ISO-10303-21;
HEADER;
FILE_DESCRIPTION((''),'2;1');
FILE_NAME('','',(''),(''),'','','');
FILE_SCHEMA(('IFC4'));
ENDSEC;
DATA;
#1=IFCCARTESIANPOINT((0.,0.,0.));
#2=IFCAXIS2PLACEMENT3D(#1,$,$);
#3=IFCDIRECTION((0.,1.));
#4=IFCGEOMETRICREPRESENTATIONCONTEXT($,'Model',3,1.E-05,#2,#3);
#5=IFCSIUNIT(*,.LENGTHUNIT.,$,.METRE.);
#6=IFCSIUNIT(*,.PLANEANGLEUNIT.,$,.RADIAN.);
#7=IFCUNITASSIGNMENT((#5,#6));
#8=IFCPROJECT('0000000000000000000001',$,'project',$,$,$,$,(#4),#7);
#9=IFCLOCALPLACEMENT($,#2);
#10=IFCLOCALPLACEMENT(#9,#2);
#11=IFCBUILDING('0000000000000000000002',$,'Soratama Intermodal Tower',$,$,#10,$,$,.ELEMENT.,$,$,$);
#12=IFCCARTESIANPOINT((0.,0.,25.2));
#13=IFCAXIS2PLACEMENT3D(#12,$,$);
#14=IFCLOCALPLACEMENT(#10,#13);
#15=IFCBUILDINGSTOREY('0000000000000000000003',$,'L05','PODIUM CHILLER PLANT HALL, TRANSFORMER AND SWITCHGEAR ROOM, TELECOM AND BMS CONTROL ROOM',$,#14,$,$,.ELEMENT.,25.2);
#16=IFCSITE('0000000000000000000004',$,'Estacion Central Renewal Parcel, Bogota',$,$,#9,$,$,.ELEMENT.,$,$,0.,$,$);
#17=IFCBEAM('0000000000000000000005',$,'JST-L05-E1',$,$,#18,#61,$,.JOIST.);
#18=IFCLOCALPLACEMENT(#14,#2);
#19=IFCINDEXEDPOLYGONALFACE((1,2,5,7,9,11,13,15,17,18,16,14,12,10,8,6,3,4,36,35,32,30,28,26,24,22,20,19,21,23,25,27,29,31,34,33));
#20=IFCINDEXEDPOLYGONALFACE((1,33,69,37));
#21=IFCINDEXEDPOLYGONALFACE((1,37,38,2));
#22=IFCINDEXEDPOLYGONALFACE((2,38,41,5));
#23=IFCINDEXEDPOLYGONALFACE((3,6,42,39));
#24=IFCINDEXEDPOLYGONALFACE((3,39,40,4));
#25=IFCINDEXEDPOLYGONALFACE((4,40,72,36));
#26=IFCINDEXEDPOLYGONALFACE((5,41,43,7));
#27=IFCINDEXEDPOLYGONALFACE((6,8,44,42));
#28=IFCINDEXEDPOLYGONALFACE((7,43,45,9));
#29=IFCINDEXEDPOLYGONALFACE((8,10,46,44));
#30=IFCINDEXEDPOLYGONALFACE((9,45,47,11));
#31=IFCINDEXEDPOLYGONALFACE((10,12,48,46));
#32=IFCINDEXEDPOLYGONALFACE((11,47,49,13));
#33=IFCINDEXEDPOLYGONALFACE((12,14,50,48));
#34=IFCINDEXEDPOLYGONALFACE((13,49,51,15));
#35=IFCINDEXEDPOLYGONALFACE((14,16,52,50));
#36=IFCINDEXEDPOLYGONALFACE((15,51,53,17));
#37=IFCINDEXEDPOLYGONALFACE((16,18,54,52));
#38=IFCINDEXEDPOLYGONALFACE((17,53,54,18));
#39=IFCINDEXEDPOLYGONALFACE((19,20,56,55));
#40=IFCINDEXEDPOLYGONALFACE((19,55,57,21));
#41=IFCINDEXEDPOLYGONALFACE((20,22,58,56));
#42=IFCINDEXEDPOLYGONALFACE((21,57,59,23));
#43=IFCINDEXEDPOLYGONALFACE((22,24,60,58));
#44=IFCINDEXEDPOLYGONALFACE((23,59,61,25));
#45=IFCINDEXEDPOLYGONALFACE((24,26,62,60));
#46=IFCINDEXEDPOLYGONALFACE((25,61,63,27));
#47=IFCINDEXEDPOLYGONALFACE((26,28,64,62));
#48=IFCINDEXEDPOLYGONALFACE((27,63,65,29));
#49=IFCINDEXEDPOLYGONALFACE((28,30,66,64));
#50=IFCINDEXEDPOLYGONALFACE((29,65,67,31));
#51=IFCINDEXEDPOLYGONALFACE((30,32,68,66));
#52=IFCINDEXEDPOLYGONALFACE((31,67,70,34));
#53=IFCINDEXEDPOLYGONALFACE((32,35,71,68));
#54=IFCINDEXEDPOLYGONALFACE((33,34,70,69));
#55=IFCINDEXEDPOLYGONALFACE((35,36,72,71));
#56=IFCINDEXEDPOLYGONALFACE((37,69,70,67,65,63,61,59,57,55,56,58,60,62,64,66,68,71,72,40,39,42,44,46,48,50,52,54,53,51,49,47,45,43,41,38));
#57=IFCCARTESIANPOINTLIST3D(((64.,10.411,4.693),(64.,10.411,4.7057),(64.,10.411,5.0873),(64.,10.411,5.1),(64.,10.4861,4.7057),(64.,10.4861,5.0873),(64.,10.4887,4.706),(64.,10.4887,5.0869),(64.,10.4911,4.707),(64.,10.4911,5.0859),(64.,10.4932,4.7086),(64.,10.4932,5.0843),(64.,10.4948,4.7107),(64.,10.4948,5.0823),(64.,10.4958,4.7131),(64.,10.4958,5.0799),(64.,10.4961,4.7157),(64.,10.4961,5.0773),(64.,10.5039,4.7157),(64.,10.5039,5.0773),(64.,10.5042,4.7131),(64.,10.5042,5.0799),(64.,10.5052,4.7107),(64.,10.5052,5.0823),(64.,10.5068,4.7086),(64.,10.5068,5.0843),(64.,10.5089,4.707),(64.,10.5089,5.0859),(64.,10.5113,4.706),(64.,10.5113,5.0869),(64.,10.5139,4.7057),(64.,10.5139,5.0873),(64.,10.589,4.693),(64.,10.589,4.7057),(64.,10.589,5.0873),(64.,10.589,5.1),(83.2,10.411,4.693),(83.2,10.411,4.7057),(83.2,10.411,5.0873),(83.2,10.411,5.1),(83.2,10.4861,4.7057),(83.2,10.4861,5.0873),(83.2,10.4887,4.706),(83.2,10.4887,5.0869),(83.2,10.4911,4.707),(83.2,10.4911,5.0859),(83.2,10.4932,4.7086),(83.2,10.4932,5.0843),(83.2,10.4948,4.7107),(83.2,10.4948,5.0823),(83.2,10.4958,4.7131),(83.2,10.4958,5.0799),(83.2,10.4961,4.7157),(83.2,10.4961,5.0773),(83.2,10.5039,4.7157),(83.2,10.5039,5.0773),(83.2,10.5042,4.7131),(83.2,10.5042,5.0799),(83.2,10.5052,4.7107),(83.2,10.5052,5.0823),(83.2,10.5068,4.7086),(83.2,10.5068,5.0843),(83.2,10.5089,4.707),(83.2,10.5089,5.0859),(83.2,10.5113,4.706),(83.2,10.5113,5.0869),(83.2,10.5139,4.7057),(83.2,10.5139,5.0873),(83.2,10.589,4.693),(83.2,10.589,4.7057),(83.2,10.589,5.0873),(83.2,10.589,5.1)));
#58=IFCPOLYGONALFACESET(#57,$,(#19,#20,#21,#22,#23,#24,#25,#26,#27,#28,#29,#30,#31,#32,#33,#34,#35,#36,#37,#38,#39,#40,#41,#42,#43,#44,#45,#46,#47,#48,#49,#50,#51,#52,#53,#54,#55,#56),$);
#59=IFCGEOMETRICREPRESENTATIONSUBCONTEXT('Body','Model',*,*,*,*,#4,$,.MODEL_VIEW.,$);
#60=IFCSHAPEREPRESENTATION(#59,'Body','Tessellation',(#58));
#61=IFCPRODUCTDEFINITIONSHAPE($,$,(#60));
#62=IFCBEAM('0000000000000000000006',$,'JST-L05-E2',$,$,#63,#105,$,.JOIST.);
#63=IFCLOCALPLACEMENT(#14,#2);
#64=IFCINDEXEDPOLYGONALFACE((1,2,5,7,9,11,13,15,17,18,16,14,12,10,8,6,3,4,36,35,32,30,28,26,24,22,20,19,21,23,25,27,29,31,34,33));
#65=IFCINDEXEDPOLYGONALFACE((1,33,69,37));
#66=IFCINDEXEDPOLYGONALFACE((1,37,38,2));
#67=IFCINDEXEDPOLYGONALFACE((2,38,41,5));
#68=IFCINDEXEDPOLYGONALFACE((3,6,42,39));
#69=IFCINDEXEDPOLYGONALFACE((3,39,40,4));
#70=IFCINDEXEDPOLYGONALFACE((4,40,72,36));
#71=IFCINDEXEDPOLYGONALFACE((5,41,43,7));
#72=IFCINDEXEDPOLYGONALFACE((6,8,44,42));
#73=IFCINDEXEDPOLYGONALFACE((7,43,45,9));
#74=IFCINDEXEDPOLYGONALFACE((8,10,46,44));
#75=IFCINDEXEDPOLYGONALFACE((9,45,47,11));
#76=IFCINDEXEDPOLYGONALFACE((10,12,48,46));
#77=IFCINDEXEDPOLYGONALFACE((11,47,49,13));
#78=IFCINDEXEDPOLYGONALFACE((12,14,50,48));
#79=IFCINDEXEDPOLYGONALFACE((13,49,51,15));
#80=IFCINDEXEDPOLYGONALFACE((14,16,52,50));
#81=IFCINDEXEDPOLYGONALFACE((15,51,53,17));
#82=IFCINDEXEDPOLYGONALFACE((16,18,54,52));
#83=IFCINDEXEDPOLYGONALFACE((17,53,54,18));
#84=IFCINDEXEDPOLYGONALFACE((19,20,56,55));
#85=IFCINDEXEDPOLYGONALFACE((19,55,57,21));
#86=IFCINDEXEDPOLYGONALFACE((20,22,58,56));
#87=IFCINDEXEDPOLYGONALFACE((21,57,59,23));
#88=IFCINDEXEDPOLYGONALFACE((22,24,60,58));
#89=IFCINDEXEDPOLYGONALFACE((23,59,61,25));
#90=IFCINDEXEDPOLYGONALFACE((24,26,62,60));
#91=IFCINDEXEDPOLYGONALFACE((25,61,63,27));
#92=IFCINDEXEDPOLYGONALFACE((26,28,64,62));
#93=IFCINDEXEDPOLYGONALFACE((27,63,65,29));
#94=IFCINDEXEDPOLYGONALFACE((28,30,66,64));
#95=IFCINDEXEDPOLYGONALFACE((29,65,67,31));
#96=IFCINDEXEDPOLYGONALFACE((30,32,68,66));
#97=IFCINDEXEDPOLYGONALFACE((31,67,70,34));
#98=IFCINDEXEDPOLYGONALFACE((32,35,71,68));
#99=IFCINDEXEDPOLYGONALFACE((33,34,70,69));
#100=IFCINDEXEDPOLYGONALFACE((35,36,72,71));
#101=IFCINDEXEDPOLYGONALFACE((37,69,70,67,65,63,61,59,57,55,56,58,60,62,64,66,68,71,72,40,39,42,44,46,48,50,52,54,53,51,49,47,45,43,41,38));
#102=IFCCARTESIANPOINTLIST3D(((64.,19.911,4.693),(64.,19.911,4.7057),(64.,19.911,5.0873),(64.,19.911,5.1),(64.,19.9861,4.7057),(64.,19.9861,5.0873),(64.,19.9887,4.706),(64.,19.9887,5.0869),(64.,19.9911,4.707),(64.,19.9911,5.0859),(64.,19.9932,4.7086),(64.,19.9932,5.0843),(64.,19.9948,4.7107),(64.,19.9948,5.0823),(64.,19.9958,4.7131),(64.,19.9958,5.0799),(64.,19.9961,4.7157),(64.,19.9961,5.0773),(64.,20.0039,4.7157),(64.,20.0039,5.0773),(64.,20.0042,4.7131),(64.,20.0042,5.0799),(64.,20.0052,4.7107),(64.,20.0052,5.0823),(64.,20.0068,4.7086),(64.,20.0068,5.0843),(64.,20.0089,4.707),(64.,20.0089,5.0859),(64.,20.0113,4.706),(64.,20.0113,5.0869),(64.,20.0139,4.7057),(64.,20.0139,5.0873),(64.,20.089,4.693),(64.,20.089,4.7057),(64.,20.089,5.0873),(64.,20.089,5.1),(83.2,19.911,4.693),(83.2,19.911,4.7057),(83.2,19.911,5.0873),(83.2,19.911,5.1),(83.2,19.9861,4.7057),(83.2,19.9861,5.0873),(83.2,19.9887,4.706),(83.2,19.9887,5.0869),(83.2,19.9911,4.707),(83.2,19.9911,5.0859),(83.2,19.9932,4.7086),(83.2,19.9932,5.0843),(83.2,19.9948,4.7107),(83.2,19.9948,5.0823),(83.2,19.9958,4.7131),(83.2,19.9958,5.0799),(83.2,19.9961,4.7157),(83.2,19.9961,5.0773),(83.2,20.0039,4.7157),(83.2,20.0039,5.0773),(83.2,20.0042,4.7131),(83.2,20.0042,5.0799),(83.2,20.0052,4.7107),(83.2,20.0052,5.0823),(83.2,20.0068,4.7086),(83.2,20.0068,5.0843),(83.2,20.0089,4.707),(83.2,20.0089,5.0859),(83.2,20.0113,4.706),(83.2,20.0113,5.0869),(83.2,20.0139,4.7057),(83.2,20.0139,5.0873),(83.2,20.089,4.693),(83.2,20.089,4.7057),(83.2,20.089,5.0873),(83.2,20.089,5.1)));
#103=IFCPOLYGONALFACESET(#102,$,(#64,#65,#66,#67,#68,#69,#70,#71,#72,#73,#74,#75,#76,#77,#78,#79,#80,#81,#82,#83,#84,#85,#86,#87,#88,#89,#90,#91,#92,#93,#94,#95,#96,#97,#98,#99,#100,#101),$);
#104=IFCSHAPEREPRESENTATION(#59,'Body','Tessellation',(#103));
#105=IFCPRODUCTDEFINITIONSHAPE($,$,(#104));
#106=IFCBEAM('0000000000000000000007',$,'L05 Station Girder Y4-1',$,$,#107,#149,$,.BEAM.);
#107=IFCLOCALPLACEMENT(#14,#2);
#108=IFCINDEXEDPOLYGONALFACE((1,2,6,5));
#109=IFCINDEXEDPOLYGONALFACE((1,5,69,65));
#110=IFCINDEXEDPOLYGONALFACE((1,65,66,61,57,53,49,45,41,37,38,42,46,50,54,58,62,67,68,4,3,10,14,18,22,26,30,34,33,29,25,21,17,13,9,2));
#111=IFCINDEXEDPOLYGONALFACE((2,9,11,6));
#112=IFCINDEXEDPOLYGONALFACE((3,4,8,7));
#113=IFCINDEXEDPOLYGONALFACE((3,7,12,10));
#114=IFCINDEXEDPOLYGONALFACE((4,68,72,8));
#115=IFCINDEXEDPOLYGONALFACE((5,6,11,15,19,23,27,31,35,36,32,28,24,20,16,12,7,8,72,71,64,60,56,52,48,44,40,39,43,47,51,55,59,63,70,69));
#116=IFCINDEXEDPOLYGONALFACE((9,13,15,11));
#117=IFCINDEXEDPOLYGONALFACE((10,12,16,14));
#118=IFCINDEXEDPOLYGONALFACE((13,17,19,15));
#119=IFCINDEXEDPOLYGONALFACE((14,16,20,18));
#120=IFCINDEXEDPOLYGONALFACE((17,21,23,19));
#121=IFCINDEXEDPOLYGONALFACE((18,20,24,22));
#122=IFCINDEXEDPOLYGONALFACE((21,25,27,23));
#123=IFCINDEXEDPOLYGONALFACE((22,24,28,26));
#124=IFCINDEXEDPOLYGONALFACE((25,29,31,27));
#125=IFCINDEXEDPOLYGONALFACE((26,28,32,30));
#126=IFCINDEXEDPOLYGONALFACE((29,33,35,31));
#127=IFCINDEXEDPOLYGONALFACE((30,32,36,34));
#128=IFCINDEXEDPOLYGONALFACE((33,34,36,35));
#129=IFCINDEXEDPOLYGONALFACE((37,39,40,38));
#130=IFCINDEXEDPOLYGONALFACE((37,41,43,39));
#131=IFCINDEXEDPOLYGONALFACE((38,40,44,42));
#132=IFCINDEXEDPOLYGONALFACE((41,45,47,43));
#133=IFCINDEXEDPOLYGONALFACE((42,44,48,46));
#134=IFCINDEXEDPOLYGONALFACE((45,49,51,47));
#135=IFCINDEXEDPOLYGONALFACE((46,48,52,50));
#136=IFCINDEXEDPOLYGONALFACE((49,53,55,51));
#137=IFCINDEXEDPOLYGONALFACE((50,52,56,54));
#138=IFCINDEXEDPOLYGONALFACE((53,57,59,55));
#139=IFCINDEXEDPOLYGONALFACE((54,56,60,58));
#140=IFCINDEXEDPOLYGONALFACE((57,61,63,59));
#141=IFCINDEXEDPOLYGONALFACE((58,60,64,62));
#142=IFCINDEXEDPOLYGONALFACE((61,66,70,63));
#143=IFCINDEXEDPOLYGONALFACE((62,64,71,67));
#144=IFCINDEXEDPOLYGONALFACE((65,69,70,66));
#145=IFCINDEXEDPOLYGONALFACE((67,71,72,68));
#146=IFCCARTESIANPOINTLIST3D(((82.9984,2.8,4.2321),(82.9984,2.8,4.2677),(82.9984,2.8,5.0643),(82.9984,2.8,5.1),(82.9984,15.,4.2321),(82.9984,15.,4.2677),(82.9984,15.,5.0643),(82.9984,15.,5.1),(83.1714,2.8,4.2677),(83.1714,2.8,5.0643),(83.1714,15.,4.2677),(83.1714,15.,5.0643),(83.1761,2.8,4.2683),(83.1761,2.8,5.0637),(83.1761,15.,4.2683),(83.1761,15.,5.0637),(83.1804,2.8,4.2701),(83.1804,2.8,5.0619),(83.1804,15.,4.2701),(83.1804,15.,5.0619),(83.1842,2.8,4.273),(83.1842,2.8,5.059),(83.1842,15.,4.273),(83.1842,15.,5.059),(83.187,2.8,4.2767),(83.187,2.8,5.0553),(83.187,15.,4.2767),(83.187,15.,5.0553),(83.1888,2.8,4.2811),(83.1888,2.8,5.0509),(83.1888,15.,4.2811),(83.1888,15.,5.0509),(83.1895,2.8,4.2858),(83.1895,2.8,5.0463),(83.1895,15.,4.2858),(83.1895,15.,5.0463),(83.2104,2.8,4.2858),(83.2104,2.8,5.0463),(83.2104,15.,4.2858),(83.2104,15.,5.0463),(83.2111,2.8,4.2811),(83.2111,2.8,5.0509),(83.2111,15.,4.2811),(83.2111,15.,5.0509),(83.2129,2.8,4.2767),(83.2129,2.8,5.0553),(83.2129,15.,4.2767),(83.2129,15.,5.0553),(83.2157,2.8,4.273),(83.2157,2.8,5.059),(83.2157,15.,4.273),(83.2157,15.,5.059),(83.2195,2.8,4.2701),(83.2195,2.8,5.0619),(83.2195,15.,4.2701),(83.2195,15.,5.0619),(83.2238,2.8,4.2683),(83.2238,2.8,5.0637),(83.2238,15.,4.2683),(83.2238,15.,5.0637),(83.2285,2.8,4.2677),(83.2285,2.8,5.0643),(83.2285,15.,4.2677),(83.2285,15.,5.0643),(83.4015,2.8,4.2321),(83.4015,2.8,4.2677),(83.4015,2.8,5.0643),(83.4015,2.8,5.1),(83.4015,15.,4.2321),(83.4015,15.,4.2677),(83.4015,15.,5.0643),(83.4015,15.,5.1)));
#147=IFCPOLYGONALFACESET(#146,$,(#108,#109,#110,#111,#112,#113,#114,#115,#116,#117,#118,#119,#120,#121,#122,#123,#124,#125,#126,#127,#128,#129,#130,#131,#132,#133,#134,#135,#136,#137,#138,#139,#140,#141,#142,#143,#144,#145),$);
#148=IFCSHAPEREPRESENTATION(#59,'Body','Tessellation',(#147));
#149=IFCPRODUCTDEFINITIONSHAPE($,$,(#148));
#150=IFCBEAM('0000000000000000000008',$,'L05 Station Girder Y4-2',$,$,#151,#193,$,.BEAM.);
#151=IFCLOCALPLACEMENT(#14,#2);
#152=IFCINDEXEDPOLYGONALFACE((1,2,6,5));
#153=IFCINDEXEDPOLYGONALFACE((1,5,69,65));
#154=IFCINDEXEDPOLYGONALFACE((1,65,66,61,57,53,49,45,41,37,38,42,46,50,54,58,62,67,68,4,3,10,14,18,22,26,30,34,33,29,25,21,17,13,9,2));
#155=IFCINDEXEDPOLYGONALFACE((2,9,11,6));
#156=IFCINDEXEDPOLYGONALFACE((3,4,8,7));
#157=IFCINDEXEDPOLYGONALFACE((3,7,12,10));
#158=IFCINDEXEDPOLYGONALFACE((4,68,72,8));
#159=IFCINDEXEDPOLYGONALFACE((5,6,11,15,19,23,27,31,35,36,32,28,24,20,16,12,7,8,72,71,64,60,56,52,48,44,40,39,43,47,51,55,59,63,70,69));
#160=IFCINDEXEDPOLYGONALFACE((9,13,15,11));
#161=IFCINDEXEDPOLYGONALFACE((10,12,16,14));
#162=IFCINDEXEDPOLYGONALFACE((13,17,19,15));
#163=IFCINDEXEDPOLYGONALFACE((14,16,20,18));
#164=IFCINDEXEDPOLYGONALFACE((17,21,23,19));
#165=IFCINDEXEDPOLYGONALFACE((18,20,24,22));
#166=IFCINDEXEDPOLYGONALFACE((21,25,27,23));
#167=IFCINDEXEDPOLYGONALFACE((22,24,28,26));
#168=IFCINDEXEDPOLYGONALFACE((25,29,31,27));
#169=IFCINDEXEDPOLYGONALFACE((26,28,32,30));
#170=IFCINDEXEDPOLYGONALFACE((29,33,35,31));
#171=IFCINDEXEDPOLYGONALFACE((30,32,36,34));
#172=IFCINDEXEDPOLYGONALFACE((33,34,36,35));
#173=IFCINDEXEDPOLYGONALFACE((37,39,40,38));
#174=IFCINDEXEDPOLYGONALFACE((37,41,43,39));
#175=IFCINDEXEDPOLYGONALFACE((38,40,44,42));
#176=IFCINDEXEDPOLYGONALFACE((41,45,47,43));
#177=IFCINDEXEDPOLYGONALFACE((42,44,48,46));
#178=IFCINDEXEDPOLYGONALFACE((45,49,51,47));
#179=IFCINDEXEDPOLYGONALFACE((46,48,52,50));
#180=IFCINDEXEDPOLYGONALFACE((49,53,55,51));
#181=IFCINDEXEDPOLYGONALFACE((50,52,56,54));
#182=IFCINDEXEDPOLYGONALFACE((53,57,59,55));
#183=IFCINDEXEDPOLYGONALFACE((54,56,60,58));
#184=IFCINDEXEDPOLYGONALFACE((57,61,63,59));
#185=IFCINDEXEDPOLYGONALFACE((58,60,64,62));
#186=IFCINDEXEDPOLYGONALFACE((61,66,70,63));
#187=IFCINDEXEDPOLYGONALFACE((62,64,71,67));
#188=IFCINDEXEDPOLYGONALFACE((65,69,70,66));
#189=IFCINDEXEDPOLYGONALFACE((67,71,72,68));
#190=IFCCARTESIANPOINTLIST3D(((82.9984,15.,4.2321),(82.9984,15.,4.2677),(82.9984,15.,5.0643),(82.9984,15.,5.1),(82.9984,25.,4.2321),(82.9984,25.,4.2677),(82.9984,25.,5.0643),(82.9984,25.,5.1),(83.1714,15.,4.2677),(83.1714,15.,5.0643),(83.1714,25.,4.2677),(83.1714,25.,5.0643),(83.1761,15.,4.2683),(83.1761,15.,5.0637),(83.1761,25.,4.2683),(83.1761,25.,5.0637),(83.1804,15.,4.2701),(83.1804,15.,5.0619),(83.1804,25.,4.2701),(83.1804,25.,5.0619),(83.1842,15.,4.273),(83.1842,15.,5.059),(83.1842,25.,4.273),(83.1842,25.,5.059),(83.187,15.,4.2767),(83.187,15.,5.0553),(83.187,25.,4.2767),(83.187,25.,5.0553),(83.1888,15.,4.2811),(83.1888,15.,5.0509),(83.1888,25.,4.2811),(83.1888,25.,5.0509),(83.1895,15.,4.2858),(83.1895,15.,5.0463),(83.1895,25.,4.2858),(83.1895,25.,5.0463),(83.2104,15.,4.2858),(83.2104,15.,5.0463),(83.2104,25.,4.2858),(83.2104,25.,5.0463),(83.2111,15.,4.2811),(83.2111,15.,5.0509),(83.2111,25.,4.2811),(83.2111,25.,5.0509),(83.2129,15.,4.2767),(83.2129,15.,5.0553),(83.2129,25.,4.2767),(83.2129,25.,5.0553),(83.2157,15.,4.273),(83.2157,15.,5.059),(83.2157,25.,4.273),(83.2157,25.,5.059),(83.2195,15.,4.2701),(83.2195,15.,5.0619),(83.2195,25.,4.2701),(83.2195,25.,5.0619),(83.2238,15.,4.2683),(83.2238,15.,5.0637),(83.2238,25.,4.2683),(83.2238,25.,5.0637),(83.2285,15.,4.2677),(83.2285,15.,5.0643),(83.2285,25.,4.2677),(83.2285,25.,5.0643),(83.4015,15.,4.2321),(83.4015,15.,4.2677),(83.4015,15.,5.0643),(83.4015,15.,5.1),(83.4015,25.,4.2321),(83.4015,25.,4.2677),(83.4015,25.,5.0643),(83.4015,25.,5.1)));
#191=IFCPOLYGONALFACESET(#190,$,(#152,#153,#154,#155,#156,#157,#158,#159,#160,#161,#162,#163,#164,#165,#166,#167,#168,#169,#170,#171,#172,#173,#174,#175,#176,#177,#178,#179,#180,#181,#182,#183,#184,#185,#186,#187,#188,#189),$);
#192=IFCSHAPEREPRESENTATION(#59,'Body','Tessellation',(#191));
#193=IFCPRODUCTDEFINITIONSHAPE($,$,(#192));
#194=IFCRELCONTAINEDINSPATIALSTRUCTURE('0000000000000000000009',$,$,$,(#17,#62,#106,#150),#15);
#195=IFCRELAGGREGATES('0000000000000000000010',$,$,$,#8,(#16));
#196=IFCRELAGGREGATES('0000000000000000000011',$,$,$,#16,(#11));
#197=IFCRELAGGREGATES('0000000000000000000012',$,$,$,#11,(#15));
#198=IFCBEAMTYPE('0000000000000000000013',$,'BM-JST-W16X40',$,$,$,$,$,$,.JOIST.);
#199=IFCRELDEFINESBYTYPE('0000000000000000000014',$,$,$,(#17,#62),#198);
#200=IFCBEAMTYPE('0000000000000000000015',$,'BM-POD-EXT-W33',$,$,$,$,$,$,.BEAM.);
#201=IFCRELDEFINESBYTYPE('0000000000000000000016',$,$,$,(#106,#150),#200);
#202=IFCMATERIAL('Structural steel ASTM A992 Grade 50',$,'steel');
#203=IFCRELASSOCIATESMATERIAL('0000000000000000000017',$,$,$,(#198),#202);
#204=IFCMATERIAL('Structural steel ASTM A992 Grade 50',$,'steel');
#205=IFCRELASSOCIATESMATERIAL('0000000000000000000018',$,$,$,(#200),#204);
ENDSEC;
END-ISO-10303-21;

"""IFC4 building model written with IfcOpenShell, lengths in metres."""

from ifc_helpers import new_model, si_unit, direction, frame, origin, origin_2d, place, context, subcontext, project, spatial, i_section, extrude, material, material_profile, profile_set, type_object, element, save


model = new_model("IFC4")

# Units and contexts
model_context = context("Model", 3, precision=1e-05, world=origin(), true_north=direction((0.0, 1.0)))
body_context = subcontext(model_context, "Body", "Model", "MODEL_VIEW")
ifc_project = project(units=[si_unit("LENGTHUNIT", "METRE"), si_unit("PLANEANGLEUNIT", "RADIAN")], contexts=[model_context])

# Site, building, storey
site_placement = place(None, origin())
site = spatial("IfcSite", under=ifc_project, at=site_placement, Name="Estacion Central Renewal Parcel, Bogota", CompositionType="ELEMENT", RefElevation=0.0)
building_placement = place(site_placement, origin())
building = spatial("IfcBuilding", under=site, at=building_placement, Name="Soratama Intermodal Tower", CompositionType="ELEMENT")
storey_placement = place(building_placement, frame((0.0, 0.0, 25.2)))
storey = spatial("IfcBuildingStorey", under=building, at=storey_placement, Name="L05", Description="PODIUM CHILLER PLANT HALL, TRANSFORMER AND SWITCHGEAR ROOM, TELECOM AND BMS CONTROL ROOM", CompositionType="ELEMENT", Elevation=25.2)

# Beams
ifc_material_1 = material(Name="Structural steel ASTM A992 Grade 50", Category="steel")
ifc_material_profile_1 = material_profile(ifc_material_1, i_section(OverallWidth=0.178, OverallDepth=0.407, WebThickness=0.0078, FlangeThickness=0.0127, FilletRadius=0.01, at=origin_2d()), Name="W16X40")
ifc_profile_set_1 = profile_set([ifc_material_profile_1], Name="Structural steel ASTM A992 Grade 50")
beam_type_1 = type_object("IfcBeamType", Name="BM-JST-W16X40", PredefinedType="JOIST", material=ifc_profile_set_1)
for number, where, z_axis, x_axis, name in (
    (1, (64.0, 10.5, 4.8965), (1.0, 0.0, 0.0), (0.0, 1.0, 0.0), "JST-L05-E1"),
    (2, (64.0, 20.0, 4.8965), (1.0, 0.0, 0.0), (0.0, 1.0, 0.0), "JST-L05-E2"),
):
    element("IfcBeam", number, at=place(storey_placement, frame(where, z_axis=z_axis, x_axis=x_axis)), inside=storey, type_object=beam_type_1, Name=name, PredefinedType="JOIST", context=body_context, shape_type="SweptSolid", body=[
        extrude(i_section(OverallWidth=0.178, OverallDepth=0.407, WebThickness=0.0078, FlangeThickness=0.0127, FilletRadius=0.01, at=origin_2d()), origin(), (0.0, 0.0, 1.0), 19.2),
    ])
ifc_material_2 = material(Name="Structural steel ASTM A992 Grade 50", Category="steel")
ifc_material_profile_2 = material_profile(ifc_material_2, i_section(OverallWidth=0.4031, OverallDepth=0.8679, WebThickness=0.021, FlangeThickness=0.0356, FilletRadius=0.0181, at=origin_2d()), Name="W33X241")
ifc_profile_set_2 = profile_set([ifc_material_profile_2], Name="Structural steel ASTM A992 Grade 50")
beam_type_2 = type_object("IfcBeamType", Name="BM-POD-EXT-W33", PredefinedType="BEAM", material=ifc_profile_set_2)
beam_1_placement = place(storey_placement, frame((83.2, 2.8, 4.666), z_axis=(0.0, 1.0, 0.0), x_axis=(-1.0, 0.0, 0.0)))
element("IfcBeam", 3, at=beam_1_placement, inside=storey, type_object=beam_type_2, Name="L05 Station Girder Y4-1", PredefinedType="BEAM", context=body_context, shape_type="SweptSolid", body=[
    extrude(i_section(OverallWidth=0.4031, OverallDepth=0.8679, WebThickness=0.021, FlangeThickness=0.0356, FilletRadius=0.0181, at=origin_2d()), origin(), (0.0, 0.0, 1.0), 12.2),
])
beam_2_placement = place(storey_placement, frame((83.2, 15.0, 4.666), z_axis=(0.0, 1.0, 0.0), x_axis=(-1.0, 0.0, 0.0)))
element("IfcBeam", 4, at=beam_2_placement, inside=storey, type_object=beam_type_2, Name="L05 Station Girder Y4-2", PredefinedType="BEAM", context=body_context, shape_type="SweptSolid", body=[
    extrude(i_section(OverallWidth=0.4031, OverallDepth=0.8679, WebThickness=0.021, FlangeThickness=0.0356, FilletRadius=0.0181, at=origin_2d()), origin(), (0.0, 0.0, 1.0), 10.0),
])

save(model, "model.ifc")
